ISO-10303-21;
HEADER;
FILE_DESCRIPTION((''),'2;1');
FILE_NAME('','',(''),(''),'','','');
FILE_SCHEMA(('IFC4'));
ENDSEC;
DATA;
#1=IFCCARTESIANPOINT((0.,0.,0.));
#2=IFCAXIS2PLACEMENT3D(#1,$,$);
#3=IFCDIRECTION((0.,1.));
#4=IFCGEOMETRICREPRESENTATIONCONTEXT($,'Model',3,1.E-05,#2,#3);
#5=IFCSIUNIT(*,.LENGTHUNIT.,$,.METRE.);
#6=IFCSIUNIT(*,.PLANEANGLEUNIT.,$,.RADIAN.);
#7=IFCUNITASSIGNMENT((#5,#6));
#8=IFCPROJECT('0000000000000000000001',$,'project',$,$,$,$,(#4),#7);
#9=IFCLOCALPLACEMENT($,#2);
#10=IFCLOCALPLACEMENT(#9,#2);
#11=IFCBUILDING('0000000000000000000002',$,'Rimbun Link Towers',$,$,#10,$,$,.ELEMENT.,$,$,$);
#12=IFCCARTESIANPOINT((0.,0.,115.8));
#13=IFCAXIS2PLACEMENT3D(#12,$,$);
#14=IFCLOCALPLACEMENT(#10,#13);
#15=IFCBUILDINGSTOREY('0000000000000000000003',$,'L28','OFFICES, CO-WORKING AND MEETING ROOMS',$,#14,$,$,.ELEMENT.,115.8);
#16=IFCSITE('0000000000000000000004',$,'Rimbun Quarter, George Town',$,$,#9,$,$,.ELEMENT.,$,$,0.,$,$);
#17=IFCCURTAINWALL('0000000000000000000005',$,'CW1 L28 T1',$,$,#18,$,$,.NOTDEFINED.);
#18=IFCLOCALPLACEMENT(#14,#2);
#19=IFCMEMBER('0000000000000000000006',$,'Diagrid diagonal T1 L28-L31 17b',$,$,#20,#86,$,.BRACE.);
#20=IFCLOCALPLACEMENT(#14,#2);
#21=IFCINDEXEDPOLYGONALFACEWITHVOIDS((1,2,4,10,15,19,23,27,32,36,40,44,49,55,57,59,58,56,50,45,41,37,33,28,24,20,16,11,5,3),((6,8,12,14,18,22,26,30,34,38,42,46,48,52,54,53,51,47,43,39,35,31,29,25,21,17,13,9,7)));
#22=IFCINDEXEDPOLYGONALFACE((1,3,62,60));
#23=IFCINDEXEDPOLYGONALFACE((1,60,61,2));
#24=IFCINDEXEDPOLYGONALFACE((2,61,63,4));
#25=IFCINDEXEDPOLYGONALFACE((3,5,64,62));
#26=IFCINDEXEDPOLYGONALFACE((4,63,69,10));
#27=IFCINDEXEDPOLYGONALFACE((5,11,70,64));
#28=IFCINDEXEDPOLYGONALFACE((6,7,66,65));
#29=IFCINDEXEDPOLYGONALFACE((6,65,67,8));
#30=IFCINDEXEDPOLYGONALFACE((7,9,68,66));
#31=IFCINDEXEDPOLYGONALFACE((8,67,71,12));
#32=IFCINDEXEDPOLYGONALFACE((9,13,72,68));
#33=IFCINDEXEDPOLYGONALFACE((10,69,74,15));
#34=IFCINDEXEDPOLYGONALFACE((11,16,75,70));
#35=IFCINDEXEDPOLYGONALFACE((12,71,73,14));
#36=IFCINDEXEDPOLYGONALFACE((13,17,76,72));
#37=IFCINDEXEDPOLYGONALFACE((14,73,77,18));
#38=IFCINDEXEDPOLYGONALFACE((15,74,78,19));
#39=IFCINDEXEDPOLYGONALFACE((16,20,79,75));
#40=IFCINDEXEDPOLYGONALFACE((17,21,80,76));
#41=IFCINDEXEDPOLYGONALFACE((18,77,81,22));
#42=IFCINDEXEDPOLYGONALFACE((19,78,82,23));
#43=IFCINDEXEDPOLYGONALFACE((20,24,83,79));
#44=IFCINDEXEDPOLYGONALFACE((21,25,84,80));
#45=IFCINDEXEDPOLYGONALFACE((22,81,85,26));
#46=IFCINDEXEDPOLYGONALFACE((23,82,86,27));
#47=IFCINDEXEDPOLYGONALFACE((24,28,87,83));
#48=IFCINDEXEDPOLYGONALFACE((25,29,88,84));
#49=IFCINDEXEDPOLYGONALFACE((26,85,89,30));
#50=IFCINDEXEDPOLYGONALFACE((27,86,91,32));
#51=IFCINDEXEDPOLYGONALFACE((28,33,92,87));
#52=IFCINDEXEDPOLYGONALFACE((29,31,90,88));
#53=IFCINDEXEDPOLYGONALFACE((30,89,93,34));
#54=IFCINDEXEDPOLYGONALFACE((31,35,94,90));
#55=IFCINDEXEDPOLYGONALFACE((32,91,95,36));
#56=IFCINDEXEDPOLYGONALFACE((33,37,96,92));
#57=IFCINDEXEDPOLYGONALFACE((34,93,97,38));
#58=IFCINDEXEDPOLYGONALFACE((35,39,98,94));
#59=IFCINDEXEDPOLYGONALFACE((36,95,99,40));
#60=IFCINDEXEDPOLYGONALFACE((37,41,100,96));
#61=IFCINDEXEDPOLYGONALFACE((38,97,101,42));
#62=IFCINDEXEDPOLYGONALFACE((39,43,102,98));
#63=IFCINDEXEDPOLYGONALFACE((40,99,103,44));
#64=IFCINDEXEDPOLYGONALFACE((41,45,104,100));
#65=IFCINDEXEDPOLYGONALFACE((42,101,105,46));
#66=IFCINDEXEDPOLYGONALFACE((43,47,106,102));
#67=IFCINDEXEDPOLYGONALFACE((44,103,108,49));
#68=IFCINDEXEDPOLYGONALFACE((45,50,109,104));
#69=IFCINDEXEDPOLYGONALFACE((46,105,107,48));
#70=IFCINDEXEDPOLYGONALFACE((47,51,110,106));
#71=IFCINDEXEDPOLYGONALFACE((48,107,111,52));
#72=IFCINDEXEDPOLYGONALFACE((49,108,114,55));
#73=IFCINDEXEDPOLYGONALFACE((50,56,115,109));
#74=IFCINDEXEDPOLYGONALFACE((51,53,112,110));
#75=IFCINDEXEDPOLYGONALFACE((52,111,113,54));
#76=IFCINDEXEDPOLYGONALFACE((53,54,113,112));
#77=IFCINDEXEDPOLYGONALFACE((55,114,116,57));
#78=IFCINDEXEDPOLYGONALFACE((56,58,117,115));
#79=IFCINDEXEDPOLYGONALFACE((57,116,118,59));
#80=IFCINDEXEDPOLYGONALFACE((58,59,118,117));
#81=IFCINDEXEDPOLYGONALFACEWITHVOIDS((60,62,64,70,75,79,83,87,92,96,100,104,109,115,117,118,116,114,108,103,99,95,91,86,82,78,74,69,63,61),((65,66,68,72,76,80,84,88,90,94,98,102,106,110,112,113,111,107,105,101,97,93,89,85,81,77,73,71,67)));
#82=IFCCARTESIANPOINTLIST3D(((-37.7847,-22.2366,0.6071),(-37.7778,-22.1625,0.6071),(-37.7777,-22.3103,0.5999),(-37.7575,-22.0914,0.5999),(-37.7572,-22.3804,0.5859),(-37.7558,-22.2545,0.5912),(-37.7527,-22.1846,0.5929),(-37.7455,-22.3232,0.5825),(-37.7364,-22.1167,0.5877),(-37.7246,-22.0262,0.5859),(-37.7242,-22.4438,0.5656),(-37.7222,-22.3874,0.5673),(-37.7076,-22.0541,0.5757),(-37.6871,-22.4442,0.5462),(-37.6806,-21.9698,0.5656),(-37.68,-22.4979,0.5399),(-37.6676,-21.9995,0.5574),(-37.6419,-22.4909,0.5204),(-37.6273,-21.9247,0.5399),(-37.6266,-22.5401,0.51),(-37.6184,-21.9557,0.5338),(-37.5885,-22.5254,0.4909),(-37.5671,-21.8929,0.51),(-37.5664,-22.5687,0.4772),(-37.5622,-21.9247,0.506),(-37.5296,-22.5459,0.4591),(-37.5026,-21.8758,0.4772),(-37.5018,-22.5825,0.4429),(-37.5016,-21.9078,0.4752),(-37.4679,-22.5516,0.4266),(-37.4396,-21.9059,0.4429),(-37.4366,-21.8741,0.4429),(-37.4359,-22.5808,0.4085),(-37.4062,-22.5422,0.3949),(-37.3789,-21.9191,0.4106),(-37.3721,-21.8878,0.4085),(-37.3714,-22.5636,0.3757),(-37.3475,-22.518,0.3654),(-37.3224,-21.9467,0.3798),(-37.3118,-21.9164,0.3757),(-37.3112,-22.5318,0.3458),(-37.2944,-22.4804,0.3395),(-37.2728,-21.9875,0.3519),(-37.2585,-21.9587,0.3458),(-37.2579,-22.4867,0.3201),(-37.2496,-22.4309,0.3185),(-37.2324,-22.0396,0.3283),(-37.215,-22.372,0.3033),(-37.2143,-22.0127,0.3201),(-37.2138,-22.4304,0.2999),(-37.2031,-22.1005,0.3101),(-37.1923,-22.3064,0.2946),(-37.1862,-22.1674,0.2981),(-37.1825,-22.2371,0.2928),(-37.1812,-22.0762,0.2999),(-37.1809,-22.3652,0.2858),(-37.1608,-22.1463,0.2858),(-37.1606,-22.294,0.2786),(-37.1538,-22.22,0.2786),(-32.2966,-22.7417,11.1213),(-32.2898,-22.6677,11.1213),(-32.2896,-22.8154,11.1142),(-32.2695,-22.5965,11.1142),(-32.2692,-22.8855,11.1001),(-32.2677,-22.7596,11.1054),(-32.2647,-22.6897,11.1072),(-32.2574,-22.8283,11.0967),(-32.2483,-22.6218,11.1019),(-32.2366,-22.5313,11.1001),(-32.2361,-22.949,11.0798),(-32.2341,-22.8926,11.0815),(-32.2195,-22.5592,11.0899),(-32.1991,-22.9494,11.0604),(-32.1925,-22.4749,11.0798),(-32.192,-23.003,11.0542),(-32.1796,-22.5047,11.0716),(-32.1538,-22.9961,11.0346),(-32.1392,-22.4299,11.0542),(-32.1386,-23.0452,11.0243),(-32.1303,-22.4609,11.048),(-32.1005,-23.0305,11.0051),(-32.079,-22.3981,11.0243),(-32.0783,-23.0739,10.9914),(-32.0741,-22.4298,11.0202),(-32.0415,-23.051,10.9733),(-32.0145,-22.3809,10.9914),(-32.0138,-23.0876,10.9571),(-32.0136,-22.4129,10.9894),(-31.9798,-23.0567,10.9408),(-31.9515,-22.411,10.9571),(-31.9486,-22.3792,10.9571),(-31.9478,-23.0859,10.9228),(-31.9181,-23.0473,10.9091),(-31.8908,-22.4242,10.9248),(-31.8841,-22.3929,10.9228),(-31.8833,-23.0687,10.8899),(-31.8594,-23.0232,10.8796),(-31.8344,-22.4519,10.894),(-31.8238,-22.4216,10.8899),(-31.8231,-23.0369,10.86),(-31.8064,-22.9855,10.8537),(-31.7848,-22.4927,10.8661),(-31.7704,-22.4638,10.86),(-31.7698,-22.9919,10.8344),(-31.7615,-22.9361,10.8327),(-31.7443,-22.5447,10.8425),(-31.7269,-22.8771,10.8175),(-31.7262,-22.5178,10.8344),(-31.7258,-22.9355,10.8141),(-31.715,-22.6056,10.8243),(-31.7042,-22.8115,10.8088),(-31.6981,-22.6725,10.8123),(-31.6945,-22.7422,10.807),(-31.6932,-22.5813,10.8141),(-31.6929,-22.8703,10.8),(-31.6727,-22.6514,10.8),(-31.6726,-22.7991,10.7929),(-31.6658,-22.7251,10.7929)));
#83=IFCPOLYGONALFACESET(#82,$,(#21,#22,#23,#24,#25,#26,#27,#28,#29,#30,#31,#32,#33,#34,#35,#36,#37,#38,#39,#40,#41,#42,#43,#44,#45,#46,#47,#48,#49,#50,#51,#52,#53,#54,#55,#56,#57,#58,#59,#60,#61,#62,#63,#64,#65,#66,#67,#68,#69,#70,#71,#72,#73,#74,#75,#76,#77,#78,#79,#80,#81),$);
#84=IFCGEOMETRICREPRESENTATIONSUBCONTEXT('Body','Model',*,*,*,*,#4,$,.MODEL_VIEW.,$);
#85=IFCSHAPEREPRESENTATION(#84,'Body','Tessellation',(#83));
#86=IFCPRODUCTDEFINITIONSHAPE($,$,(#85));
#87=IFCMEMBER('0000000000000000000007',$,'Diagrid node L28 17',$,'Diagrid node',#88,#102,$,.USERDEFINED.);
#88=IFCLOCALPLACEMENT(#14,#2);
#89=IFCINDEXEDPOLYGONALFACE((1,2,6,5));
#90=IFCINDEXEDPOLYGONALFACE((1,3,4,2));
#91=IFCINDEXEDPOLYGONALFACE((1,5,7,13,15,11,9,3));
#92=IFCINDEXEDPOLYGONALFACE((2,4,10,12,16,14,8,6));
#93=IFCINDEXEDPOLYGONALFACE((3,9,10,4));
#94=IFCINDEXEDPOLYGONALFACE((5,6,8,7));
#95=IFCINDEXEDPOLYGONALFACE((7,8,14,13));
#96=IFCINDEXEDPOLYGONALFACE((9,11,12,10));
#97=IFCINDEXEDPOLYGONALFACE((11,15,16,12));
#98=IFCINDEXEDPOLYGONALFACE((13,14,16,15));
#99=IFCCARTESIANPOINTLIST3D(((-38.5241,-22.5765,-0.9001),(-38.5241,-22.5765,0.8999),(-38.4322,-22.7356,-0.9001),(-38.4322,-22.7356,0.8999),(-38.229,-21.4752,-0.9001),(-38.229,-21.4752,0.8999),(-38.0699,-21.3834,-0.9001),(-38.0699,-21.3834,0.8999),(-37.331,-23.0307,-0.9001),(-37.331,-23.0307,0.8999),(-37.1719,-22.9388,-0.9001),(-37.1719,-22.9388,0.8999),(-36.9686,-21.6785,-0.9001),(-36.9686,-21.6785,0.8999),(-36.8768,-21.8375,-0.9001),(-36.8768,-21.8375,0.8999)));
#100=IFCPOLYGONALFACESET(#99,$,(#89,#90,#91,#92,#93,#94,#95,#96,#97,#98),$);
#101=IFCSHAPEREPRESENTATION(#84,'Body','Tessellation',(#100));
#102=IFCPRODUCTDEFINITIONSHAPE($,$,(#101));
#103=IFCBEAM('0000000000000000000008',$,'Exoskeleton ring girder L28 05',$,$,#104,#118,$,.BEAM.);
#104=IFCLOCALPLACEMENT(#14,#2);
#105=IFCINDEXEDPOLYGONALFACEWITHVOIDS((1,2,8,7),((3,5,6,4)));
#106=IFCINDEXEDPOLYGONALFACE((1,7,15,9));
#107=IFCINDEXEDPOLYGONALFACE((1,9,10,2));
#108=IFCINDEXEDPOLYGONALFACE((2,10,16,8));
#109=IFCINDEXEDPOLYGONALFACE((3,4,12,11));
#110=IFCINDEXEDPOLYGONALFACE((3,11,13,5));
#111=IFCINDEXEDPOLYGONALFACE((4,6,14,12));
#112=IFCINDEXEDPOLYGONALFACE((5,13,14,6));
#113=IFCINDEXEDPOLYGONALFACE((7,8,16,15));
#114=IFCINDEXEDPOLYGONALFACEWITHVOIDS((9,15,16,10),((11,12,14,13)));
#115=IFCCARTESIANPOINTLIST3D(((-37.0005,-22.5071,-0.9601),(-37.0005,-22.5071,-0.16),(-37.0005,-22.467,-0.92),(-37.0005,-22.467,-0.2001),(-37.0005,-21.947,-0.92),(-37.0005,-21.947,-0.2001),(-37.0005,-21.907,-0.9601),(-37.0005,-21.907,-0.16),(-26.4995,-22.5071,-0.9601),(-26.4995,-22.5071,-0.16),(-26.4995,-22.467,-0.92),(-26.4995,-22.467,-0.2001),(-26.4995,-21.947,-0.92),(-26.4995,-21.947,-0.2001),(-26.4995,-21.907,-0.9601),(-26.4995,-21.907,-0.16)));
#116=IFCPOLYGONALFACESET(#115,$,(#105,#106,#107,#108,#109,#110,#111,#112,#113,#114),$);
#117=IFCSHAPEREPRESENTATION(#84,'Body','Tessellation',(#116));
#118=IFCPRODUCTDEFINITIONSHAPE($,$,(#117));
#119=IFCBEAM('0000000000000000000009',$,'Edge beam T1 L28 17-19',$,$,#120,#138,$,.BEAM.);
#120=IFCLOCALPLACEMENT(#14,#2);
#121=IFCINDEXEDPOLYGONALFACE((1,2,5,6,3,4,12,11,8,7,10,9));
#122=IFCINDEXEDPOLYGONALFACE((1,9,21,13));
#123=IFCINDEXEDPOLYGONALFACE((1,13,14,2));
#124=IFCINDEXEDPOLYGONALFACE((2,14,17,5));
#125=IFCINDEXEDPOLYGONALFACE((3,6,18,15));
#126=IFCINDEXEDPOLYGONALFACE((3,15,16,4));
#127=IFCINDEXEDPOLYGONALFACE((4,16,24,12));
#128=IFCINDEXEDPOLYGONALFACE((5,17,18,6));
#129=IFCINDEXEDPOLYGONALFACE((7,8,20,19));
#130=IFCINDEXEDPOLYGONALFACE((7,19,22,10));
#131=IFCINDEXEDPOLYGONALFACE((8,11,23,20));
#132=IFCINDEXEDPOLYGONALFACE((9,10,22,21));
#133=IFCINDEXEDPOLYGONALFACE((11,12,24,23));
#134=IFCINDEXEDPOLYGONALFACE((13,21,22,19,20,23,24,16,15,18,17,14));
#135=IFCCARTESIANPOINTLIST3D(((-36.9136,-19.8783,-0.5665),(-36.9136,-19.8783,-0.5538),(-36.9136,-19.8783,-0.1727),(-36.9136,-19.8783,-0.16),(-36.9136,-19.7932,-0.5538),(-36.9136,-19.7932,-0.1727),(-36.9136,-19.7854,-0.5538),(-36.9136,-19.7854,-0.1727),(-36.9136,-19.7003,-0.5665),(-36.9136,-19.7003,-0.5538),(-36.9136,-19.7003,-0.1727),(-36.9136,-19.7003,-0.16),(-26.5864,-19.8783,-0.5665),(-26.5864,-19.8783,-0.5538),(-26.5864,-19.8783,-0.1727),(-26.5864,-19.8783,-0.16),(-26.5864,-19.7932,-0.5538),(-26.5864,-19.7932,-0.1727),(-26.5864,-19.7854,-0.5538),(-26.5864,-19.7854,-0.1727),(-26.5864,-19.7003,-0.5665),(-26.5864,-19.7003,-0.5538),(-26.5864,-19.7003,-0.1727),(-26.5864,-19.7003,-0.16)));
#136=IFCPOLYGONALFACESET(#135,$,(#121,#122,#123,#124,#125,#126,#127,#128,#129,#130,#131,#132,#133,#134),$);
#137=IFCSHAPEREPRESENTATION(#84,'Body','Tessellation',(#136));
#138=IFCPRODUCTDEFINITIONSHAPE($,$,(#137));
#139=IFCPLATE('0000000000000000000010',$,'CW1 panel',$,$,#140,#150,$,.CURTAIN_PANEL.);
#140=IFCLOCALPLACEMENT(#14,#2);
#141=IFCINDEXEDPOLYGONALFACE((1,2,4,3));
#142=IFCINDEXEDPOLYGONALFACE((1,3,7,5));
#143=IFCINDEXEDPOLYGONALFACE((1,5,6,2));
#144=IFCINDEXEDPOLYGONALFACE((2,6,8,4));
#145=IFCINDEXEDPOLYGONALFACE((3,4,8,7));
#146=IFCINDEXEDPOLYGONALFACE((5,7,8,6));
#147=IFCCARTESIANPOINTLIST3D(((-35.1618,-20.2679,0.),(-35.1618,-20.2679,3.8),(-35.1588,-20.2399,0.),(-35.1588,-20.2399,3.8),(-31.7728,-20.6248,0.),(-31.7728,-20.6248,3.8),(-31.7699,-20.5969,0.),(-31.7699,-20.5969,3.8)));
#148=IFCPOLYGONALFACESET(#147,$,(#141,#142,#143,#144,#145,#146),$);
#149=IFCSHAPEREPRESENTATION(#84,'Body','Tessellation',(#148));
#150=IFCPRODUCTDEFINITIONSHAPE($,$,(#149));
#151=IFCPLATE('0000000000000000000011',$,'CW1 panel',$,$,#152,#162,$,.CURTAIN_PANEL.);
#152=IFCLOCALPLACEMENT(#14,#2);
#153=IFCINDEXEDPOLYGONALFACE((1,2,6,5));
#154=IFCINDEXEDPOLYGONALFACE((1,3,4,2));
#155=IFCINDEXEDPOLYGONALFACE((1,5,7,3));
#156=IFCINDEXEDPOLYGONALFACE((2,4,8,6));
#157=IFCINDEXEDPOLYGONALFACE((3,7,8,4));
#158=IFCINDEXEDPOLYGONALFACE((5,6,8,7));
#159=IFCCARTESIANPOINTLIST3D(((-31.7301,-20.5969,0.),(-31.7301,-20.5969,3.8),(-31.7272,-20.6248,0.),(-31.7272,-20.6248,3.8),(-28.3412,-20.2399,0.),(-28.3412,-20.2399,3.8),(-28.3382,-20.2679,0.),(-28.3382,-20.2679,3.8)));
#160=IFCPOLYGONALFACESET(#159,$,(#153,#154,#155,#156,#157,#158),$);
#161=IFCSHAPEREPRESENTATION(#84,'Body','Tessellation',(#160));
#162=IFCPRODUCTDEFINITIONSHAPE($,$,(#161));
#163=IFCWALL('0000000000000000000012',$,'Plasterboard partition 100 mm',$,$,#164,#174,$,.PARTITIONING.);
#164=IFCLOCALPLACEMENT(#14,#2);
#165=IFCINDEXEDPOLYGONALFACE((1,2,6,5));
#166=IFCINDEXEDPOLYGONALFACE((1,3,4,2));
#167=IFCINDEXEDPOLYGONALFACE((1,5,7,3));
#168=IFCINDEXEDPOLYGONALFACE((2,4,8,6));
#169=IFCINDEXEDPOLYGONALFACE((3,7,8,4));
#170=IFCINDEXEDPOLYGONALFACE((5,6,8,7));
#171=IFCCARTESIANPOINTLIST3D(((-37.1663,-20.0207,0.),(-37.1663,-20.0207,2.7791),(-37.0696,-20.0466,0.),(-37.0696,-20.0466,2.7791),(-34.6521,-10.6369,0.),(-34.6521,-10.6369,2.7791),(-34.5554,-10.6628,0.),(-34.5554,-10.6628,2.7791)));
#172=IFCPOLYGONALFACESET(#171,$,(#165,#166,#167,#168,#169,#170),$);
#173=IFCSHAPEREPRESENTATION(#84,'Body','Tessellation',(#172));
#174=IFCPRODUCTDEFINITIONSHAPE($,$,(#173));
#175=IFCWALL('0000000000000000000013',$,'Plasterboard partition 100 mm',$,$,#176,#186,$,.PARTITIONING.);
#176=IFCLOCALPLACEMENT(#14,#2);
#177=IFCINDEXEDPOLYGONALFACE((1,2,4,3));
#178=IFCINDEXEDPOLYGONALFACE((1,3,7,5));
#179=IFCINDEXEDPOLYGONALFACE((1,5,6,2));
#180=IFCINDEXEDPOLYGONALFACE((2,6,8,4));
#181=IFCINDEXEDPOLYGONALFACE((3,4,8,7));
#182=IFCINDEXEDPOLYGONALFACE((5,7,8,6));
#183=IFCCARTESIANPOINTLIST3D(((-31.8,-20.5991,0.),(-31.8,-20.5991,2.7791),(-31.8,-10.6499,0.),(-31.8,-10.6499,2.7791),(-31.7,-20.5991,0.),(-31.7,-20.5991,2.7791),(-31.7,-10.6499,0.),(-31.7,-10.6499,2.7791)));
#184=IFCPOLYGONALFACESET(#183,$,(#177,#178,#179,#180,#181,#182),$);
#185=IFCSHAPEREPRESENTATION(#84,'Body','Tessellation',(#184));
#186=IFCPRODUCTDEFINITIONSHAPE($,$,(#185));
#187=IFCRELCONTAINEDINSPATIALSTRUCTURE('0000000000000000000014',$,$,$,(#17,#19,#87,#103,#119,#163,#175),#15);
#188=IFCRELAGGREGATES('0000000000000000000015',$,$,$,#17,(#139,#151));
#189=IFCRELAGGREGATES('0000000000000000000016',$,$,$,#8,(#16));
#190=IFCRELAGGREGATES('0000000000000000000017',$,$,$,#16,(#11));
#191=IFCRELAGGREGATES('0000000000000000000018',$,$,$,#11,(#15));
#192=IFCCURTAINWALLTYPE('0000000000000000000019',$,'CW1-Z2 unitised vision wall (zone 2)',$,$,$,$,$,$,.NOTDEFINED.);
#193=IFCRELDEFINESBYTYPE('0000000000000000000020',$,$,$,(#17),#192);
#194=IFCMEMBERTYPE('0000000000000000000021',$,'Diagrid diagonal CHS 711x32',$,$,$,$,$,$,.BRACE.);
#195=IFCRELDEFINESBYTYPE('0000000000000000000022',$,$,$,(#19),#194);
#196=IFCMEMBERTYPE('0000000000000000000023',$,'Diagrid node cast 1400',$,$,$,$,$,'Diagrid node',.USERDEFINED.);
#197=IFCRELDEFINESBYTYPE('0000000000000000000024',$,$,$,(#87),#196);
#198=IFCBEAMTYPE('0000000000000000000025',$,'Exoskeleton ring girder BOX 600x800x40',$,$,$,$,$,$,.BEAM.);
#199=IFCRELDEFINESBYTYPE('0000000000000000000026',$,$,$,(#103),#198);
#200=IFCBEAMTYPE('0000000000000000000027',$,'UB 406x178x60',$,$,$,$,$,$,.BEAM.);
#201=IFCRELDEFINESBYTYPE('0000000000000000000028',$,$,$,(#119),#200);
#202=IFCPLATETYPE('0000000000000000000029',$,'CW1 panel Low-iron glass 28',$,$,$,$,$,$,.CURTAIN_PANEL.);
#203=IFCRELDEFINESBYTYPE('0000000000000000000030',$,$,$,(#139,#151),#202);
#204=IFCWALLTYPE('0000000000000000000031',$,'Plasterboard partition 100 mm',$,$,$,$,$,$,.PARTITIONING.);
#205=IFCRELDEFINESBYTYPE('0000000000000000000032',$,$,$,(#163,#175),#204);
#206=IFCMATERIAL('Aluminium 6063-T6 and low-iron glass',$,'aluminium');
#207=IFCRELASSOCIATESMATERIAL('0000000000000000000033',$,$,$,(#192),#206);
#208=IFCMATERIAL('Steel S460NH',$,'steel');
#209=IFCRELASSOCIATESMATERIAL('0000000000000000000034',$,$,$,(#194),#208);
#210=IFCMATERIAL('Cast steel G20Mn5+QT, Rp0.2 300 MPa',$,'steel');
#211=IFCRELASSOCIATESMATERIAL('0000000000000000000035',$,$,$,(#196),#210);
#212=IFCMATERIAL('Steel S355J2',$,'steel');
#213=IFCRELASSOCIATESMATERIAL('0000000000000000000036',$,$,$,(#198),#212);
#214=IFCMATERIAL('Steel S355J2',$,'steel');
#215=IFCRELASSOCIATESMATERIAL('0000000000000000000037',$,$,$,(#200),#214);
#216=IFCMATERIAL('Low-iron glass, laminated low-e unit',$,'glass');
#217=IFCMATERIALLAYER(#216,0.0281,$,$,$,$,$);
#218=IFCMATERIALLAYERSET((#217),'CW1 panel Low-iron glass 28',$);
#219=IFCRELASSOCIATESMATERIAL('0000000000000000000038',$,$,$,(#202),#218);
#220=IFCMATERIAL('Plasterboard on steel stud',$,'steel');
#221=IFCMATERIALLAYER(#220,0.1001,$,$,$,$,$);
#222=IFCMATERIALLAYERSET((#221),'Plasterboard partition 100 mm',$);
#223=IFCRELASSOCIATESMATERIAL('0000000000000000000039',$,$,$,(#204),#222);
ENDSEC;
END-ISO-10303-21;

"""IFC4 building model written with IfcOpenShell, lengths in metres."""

from ifc_helpers import new_model, si_unit, direction, frame, frame_2d, origin, origin_2d, place, context, subcontext, project, spatial, polyline, rectangle, hollow_rectangle, hollow_circle, i_section, outline, extrude, material, layer, layer_set, material_profile, profile_set, type_object, element, aggregate, save


model = new_model("IFC4")

# Units and contexts
model_context = context("Model", 3, precision=1e-05, world=origin(), true_north=direction((0.0, 1.0)))
body_context = subcontext(model_context, "Body", "Model", "MODEL_VIEW")
ifc_project = project(units=[si_unit("LENGTHUNIT", "METRE"), si_unit("PLANEANGLEUNIT", "RADIAN")], contexts=[model_context])

# Site, building, storey
site_placement = place(None, origin())
site = spatial("IfcSite", under=ifc_project, at=site_placement, Name="Rimbun Quarter, George Town", CompositionType="ELEMENT", RefElevation=0.0)
building_placement = place(site_placement, origin())
building = spatial("IfcBuilding", under=site, at=building_placement, Name="Rimbun Link Towers", CompositionType="ELEMENT")
storey_placement = place(building_placement, frame((0.0, 0.0, 115.8)))
storey = spatial("IfcBuildingStorey", under=building, at=storey_placement, Name="L28", Description="OFFICES, CO-WORKING AND MEETING ROOMS", CompositionType="ELEMENT", Elevation=115.8)

# Curtain wall
ifc_material_1 = material(Name="Aluminium 6063-T6 and low-iron glass", Category="aluminium")
curtain_wall_type = type_object("IfcCurtainWallType", Name="CW1-Z2 unitised vision wall (zone 2)", PredefinedType="NOTDEFINED", material=ifc_material_1)
curtain_wall_placement = place(storey_placement, origin())
curtain_wall = element("IfcCurtainWall", 1, at=curtain_wall_placement, inside=storey, type_object=curtain_wall_type, Name="CW1 L28 T1", PredefinedType="NOTDEFINED")

# Members
ifc_material_2 = material(Name="Steel S460NH", Category="steel")
ifc_material_profile_1 = material_profile(ifc_material_2, hollow_circle(Radius=0.3557, WallThickness=0.032, at=origin_2d()), Name="Diagrid diagonal CHS 711x32")
ifc_profile_set_1 = profile_set([ifc_material_profile_1], Name="Steel S460NH")
member_type_1 = type_object("IfcMemberType", Name="Diagrid diagonal CHS 711x32", PredefinedType="BRACE", material=ifc_profile_set_1)
member_1_placement = place(storey_placement, frame((-37.4692, -22.2283, 0.4429), z_axis=(0.462305, -0.042551, 0.885699), x_axis=(0.091654, 0.995791, 0.0)))
element("IfcMember", 2, at=member_1_placement, inside=storey, type_object=member_type_1, Name="Diagrid diagonal T1 L28-L31 17b", PredefinedType="BRACE", context=body_context, shape_type="SweptSolid", body=[
    extrude(hollow_circle(Radius=0.3557, WallThickness=0.032, at=origin_2d()), origin(), (0.0, 0.0, 1.0), 11.8711),
])
ifc_material_3 = material(Name="Cast steel G20Mn5+QT, Rp0.2 300 MPa", Category="steel")
ifc_material_profile_2 = material_profile(ifc_material_3, outline(polyline([(0.7, -0.5701), (0.7, 0.5701), (0.5701, 0.7), (-0.5701, 0.7), (-0.7, 0.5701), (-0.7, -0.5701), (-0.5701, -0.7), (0.5701, -0.7), (0.7, -0.5701)])), Name="NODE 1400x1400")
ifc_profile_set_2 = profile_set([ifc_material_profile_2], Name="Cast steel G20Mn5+QT, Rp0.2 300 MPa")
member_type_2 = type_object("IfcMemberType", Name="Diagrid node cast 1400", ElementType="Diagrid node", PredefinedType="USERDEFINED", material=ifc_profile_set_2)
member_2_placement = place(storey_placement, frame((-37.7004, -22.207, -0.9001), z_axis=(0.0, 0.0, 1.0), x_axis=(-0.258819, -0.965926, 0.0)))
element("IfcMember", 3, at=member_2_placement, inside=storey, type_object=member_type_2, Name="Diagrid node L28 17", ObjectType="Diagrid node", PredefinedType="USERDEFINED", context=body_context, shape_type="SweptSolid", body=[
    extrude(outline(polyline([(0.7, -0.5701), (0.7, 0.5701), (0.5701, 0.7), (-0.5701, 0.7), (-0.7, 0.5701), (-0.7, -0.5701), (-0.5701, -0.7), (0.5701, -0.7), (0.7, -0.5701)])), origin(), (0.0, 0.0, 1.0), 1.8),
])

# Beams
ifc_material_4 = material(Name="Steel S355J2", Category="steel")
ifc_material_profile_3 = material_profile(ifc_material_4, hollow_rectangle(XDim=0.6001, YDim=0.8, WallThickness=0.04, at=origin_2d()), Name="Exoskeleton ring girder BOX 600x800x40")
ifc_profile_set_3 = profile_set([ifc_material_profile_3], Name="Steel S355J2")
beam_type_1 = type_object("IfcBeamType", Name="Exoskeleton ring girder BOX 600x800x40", PredefinedType="BEAM", material=ifc_profile_set_3)
beam_1_placement = place(storey_placement, frame((-37.0005, -22.207, -0.5601), z_axis=(1.0, 0.0, 0.0), x_axis=(0.0, 1.0, 0.0)))
element("IfcBeam", 4, at=beam_1_placement, inside=storey, type_object=beam_type_1, Name="Exoskeleton ring girder L28 05", PredefinedType="BEAM", context=body_context, shape_type="SweptSolid", body=[
    extrude(hollow_rectangle(XDim=0.6001, YDim=0.8, WallThickness=0.04, at=origin_2d()), origin(), (0.0, 0.0, 1.0), 10.501),
])
ifc_material_5 = material(Name="Steel S355J2", Category="steel")
ifc_material_profile_4 = material_profile(ifc_material_5, i_section(OverallWidth=0.178, OverallDepth=0.4065, WebThickness=0.0078, FlangeThickness=0.0127, at=origin_2d()), Name="UB 406x178x60")
ifc_profile_set_4 = profile_set([ifc_material_profile_4], Name="Steel S355J2")
beam_type_2 = type_object("IfcBeamType", Name="UB 406x178x60", PredefinedType="BEAM", material=ifc_profile_set_4)
beam_2_placement = place(storey_placement, frame((-36.9136, -19.7893, -0.3633), z_axis=(1.0, 0.0, 0.0), x_axis=(0.0, 1.0, 0.0)))
element("IfcBeam", 5, at=beam_2_placement, inside=storey, type_object=beam_type_2, Name="Edge beam T1 L28 17-19", PredefinedType="BEAM", context=body_context, shape_type="SweptSolid", body=[
    extrude(i_section(OverallWidth=0.178, OverallDepth=0.4065, WebThickness=0.0078, FlangeThickness=0.0127, at=origin_2d()), origin(), (0.0, 0.0, 1.0), 10.3271),
])

# Plates
ifc_material_6 = material(Name="Low-iron glass, laminated low-e unit", Category="glass")
ifc_layer_1 = layer(ifc_material_6, 0.0281)
ifc_layer_set_1 = layer_set([ifc_layer_1], Name="CW1 panel Low-iron glass 28")
plate_type = type_object("IfcPlateType", Name="CW1 panel Low-iron glass 28", PredefinedType="CURTAIN_PANEL", material=ifc_layer_set_1)
plate_1_placement = place(storey_placement, frame((-33.4658, -20.4324, 0.0), z_axis=(0.0, 0.0, 1.0), x_axis=(-0.994499, 0.104748, 0.0)))
plate_1 = element("IfcPlate", 6, at=plate_1_placement, type_object=plate_type, Name="CW1 panel", PredefinedType="CURTAIN_PANEL", context=body_context, shape_type="SweptSolid", body=[
    extrude(rectangle(XDim=3.4077, YDim=0.0281, at=origin_2d()), origin(), (0.0, 0.0, 1.0), 3.8),
])
plate_2_placement = place(storey_placement, frame((-30.0342, -20.4324, 0.0), z_axis=(0.0, 0.0, 1.0), x_axis=(-0.994499, -0.104748, 0.0)))
plate_2 = element("IfcPlate", 7, at=plate_2_placement, type_object=plate_type, Name="CW1 panel", PredefinedType="CURTAIN_PANEL", context=body_context, shape_type="SweptSolid", body=[
    extrude(rectangle(XDim=3.4077, YDim=0.0281, at=origin_2d()), origin(), (0.0, 0.0, 1.0), 3.8),
])
aggregate(curtain_wall, [plate_1, plate_2])

# Walls
ifc_material_7 = material(Name="Plasterboard on steel stud", Category="steel")
ifc_layer_2 = layer(ifc_material_7, 0.1001)
ifc_layer_set_2 = layer_set([ifc_layer_2], Name="Plasterboard partition 100 mm")
wall_type = type_object("IfcWallType", Name="Plasterboard partition 100 mm", PredefinedType="PARTITIONING", material=ifc_layer_set_2)
wall_1_placement = place(storey_placement, frame((-37.1179, -20.0337, 0.0), z_axis=(0.0, 0.0, 1.0), x_axis=(0.258798, 0.965931, 0.0)))
element("IfcWall", 8, at=wall_1_placement, inside=storey, type_object=wall_type, Name="Plasterboard partition 100 mm", PredefinedType="PARTITIONING", context=body_context, shape_type="SweptSolid", body=[
    extrude(rectangle(XDim=9.7148, YDim=0.1001, at=frame_2d((4.8574, 0.0))), origin(), (0.0, 0.0, 1.0), 2.7791),
])
wall_2_placement = place(storey_placement, frame((-31.75, -20.5991, 0.0), z_axis=(0.0, 0.0, 1.0), x_axis=(0.0, 1.0, 0.0)))
element("IfcWall", 9, at=wall_2_placement, inside=storey, type_object=wall_type, Name="Plasterboard partition 100 mm", PredefinedType="PARTITIONING", context=body_context, shape_type="SweptSolid", body=[
    extrude(rectangle(XDim=9.9492, YDim=0.1001, at=frame_2d((4.9746, 0.0))), origin(), (0.0, 0.0, 1.0), 2.7791),
])

save(model, "model.ifc")
